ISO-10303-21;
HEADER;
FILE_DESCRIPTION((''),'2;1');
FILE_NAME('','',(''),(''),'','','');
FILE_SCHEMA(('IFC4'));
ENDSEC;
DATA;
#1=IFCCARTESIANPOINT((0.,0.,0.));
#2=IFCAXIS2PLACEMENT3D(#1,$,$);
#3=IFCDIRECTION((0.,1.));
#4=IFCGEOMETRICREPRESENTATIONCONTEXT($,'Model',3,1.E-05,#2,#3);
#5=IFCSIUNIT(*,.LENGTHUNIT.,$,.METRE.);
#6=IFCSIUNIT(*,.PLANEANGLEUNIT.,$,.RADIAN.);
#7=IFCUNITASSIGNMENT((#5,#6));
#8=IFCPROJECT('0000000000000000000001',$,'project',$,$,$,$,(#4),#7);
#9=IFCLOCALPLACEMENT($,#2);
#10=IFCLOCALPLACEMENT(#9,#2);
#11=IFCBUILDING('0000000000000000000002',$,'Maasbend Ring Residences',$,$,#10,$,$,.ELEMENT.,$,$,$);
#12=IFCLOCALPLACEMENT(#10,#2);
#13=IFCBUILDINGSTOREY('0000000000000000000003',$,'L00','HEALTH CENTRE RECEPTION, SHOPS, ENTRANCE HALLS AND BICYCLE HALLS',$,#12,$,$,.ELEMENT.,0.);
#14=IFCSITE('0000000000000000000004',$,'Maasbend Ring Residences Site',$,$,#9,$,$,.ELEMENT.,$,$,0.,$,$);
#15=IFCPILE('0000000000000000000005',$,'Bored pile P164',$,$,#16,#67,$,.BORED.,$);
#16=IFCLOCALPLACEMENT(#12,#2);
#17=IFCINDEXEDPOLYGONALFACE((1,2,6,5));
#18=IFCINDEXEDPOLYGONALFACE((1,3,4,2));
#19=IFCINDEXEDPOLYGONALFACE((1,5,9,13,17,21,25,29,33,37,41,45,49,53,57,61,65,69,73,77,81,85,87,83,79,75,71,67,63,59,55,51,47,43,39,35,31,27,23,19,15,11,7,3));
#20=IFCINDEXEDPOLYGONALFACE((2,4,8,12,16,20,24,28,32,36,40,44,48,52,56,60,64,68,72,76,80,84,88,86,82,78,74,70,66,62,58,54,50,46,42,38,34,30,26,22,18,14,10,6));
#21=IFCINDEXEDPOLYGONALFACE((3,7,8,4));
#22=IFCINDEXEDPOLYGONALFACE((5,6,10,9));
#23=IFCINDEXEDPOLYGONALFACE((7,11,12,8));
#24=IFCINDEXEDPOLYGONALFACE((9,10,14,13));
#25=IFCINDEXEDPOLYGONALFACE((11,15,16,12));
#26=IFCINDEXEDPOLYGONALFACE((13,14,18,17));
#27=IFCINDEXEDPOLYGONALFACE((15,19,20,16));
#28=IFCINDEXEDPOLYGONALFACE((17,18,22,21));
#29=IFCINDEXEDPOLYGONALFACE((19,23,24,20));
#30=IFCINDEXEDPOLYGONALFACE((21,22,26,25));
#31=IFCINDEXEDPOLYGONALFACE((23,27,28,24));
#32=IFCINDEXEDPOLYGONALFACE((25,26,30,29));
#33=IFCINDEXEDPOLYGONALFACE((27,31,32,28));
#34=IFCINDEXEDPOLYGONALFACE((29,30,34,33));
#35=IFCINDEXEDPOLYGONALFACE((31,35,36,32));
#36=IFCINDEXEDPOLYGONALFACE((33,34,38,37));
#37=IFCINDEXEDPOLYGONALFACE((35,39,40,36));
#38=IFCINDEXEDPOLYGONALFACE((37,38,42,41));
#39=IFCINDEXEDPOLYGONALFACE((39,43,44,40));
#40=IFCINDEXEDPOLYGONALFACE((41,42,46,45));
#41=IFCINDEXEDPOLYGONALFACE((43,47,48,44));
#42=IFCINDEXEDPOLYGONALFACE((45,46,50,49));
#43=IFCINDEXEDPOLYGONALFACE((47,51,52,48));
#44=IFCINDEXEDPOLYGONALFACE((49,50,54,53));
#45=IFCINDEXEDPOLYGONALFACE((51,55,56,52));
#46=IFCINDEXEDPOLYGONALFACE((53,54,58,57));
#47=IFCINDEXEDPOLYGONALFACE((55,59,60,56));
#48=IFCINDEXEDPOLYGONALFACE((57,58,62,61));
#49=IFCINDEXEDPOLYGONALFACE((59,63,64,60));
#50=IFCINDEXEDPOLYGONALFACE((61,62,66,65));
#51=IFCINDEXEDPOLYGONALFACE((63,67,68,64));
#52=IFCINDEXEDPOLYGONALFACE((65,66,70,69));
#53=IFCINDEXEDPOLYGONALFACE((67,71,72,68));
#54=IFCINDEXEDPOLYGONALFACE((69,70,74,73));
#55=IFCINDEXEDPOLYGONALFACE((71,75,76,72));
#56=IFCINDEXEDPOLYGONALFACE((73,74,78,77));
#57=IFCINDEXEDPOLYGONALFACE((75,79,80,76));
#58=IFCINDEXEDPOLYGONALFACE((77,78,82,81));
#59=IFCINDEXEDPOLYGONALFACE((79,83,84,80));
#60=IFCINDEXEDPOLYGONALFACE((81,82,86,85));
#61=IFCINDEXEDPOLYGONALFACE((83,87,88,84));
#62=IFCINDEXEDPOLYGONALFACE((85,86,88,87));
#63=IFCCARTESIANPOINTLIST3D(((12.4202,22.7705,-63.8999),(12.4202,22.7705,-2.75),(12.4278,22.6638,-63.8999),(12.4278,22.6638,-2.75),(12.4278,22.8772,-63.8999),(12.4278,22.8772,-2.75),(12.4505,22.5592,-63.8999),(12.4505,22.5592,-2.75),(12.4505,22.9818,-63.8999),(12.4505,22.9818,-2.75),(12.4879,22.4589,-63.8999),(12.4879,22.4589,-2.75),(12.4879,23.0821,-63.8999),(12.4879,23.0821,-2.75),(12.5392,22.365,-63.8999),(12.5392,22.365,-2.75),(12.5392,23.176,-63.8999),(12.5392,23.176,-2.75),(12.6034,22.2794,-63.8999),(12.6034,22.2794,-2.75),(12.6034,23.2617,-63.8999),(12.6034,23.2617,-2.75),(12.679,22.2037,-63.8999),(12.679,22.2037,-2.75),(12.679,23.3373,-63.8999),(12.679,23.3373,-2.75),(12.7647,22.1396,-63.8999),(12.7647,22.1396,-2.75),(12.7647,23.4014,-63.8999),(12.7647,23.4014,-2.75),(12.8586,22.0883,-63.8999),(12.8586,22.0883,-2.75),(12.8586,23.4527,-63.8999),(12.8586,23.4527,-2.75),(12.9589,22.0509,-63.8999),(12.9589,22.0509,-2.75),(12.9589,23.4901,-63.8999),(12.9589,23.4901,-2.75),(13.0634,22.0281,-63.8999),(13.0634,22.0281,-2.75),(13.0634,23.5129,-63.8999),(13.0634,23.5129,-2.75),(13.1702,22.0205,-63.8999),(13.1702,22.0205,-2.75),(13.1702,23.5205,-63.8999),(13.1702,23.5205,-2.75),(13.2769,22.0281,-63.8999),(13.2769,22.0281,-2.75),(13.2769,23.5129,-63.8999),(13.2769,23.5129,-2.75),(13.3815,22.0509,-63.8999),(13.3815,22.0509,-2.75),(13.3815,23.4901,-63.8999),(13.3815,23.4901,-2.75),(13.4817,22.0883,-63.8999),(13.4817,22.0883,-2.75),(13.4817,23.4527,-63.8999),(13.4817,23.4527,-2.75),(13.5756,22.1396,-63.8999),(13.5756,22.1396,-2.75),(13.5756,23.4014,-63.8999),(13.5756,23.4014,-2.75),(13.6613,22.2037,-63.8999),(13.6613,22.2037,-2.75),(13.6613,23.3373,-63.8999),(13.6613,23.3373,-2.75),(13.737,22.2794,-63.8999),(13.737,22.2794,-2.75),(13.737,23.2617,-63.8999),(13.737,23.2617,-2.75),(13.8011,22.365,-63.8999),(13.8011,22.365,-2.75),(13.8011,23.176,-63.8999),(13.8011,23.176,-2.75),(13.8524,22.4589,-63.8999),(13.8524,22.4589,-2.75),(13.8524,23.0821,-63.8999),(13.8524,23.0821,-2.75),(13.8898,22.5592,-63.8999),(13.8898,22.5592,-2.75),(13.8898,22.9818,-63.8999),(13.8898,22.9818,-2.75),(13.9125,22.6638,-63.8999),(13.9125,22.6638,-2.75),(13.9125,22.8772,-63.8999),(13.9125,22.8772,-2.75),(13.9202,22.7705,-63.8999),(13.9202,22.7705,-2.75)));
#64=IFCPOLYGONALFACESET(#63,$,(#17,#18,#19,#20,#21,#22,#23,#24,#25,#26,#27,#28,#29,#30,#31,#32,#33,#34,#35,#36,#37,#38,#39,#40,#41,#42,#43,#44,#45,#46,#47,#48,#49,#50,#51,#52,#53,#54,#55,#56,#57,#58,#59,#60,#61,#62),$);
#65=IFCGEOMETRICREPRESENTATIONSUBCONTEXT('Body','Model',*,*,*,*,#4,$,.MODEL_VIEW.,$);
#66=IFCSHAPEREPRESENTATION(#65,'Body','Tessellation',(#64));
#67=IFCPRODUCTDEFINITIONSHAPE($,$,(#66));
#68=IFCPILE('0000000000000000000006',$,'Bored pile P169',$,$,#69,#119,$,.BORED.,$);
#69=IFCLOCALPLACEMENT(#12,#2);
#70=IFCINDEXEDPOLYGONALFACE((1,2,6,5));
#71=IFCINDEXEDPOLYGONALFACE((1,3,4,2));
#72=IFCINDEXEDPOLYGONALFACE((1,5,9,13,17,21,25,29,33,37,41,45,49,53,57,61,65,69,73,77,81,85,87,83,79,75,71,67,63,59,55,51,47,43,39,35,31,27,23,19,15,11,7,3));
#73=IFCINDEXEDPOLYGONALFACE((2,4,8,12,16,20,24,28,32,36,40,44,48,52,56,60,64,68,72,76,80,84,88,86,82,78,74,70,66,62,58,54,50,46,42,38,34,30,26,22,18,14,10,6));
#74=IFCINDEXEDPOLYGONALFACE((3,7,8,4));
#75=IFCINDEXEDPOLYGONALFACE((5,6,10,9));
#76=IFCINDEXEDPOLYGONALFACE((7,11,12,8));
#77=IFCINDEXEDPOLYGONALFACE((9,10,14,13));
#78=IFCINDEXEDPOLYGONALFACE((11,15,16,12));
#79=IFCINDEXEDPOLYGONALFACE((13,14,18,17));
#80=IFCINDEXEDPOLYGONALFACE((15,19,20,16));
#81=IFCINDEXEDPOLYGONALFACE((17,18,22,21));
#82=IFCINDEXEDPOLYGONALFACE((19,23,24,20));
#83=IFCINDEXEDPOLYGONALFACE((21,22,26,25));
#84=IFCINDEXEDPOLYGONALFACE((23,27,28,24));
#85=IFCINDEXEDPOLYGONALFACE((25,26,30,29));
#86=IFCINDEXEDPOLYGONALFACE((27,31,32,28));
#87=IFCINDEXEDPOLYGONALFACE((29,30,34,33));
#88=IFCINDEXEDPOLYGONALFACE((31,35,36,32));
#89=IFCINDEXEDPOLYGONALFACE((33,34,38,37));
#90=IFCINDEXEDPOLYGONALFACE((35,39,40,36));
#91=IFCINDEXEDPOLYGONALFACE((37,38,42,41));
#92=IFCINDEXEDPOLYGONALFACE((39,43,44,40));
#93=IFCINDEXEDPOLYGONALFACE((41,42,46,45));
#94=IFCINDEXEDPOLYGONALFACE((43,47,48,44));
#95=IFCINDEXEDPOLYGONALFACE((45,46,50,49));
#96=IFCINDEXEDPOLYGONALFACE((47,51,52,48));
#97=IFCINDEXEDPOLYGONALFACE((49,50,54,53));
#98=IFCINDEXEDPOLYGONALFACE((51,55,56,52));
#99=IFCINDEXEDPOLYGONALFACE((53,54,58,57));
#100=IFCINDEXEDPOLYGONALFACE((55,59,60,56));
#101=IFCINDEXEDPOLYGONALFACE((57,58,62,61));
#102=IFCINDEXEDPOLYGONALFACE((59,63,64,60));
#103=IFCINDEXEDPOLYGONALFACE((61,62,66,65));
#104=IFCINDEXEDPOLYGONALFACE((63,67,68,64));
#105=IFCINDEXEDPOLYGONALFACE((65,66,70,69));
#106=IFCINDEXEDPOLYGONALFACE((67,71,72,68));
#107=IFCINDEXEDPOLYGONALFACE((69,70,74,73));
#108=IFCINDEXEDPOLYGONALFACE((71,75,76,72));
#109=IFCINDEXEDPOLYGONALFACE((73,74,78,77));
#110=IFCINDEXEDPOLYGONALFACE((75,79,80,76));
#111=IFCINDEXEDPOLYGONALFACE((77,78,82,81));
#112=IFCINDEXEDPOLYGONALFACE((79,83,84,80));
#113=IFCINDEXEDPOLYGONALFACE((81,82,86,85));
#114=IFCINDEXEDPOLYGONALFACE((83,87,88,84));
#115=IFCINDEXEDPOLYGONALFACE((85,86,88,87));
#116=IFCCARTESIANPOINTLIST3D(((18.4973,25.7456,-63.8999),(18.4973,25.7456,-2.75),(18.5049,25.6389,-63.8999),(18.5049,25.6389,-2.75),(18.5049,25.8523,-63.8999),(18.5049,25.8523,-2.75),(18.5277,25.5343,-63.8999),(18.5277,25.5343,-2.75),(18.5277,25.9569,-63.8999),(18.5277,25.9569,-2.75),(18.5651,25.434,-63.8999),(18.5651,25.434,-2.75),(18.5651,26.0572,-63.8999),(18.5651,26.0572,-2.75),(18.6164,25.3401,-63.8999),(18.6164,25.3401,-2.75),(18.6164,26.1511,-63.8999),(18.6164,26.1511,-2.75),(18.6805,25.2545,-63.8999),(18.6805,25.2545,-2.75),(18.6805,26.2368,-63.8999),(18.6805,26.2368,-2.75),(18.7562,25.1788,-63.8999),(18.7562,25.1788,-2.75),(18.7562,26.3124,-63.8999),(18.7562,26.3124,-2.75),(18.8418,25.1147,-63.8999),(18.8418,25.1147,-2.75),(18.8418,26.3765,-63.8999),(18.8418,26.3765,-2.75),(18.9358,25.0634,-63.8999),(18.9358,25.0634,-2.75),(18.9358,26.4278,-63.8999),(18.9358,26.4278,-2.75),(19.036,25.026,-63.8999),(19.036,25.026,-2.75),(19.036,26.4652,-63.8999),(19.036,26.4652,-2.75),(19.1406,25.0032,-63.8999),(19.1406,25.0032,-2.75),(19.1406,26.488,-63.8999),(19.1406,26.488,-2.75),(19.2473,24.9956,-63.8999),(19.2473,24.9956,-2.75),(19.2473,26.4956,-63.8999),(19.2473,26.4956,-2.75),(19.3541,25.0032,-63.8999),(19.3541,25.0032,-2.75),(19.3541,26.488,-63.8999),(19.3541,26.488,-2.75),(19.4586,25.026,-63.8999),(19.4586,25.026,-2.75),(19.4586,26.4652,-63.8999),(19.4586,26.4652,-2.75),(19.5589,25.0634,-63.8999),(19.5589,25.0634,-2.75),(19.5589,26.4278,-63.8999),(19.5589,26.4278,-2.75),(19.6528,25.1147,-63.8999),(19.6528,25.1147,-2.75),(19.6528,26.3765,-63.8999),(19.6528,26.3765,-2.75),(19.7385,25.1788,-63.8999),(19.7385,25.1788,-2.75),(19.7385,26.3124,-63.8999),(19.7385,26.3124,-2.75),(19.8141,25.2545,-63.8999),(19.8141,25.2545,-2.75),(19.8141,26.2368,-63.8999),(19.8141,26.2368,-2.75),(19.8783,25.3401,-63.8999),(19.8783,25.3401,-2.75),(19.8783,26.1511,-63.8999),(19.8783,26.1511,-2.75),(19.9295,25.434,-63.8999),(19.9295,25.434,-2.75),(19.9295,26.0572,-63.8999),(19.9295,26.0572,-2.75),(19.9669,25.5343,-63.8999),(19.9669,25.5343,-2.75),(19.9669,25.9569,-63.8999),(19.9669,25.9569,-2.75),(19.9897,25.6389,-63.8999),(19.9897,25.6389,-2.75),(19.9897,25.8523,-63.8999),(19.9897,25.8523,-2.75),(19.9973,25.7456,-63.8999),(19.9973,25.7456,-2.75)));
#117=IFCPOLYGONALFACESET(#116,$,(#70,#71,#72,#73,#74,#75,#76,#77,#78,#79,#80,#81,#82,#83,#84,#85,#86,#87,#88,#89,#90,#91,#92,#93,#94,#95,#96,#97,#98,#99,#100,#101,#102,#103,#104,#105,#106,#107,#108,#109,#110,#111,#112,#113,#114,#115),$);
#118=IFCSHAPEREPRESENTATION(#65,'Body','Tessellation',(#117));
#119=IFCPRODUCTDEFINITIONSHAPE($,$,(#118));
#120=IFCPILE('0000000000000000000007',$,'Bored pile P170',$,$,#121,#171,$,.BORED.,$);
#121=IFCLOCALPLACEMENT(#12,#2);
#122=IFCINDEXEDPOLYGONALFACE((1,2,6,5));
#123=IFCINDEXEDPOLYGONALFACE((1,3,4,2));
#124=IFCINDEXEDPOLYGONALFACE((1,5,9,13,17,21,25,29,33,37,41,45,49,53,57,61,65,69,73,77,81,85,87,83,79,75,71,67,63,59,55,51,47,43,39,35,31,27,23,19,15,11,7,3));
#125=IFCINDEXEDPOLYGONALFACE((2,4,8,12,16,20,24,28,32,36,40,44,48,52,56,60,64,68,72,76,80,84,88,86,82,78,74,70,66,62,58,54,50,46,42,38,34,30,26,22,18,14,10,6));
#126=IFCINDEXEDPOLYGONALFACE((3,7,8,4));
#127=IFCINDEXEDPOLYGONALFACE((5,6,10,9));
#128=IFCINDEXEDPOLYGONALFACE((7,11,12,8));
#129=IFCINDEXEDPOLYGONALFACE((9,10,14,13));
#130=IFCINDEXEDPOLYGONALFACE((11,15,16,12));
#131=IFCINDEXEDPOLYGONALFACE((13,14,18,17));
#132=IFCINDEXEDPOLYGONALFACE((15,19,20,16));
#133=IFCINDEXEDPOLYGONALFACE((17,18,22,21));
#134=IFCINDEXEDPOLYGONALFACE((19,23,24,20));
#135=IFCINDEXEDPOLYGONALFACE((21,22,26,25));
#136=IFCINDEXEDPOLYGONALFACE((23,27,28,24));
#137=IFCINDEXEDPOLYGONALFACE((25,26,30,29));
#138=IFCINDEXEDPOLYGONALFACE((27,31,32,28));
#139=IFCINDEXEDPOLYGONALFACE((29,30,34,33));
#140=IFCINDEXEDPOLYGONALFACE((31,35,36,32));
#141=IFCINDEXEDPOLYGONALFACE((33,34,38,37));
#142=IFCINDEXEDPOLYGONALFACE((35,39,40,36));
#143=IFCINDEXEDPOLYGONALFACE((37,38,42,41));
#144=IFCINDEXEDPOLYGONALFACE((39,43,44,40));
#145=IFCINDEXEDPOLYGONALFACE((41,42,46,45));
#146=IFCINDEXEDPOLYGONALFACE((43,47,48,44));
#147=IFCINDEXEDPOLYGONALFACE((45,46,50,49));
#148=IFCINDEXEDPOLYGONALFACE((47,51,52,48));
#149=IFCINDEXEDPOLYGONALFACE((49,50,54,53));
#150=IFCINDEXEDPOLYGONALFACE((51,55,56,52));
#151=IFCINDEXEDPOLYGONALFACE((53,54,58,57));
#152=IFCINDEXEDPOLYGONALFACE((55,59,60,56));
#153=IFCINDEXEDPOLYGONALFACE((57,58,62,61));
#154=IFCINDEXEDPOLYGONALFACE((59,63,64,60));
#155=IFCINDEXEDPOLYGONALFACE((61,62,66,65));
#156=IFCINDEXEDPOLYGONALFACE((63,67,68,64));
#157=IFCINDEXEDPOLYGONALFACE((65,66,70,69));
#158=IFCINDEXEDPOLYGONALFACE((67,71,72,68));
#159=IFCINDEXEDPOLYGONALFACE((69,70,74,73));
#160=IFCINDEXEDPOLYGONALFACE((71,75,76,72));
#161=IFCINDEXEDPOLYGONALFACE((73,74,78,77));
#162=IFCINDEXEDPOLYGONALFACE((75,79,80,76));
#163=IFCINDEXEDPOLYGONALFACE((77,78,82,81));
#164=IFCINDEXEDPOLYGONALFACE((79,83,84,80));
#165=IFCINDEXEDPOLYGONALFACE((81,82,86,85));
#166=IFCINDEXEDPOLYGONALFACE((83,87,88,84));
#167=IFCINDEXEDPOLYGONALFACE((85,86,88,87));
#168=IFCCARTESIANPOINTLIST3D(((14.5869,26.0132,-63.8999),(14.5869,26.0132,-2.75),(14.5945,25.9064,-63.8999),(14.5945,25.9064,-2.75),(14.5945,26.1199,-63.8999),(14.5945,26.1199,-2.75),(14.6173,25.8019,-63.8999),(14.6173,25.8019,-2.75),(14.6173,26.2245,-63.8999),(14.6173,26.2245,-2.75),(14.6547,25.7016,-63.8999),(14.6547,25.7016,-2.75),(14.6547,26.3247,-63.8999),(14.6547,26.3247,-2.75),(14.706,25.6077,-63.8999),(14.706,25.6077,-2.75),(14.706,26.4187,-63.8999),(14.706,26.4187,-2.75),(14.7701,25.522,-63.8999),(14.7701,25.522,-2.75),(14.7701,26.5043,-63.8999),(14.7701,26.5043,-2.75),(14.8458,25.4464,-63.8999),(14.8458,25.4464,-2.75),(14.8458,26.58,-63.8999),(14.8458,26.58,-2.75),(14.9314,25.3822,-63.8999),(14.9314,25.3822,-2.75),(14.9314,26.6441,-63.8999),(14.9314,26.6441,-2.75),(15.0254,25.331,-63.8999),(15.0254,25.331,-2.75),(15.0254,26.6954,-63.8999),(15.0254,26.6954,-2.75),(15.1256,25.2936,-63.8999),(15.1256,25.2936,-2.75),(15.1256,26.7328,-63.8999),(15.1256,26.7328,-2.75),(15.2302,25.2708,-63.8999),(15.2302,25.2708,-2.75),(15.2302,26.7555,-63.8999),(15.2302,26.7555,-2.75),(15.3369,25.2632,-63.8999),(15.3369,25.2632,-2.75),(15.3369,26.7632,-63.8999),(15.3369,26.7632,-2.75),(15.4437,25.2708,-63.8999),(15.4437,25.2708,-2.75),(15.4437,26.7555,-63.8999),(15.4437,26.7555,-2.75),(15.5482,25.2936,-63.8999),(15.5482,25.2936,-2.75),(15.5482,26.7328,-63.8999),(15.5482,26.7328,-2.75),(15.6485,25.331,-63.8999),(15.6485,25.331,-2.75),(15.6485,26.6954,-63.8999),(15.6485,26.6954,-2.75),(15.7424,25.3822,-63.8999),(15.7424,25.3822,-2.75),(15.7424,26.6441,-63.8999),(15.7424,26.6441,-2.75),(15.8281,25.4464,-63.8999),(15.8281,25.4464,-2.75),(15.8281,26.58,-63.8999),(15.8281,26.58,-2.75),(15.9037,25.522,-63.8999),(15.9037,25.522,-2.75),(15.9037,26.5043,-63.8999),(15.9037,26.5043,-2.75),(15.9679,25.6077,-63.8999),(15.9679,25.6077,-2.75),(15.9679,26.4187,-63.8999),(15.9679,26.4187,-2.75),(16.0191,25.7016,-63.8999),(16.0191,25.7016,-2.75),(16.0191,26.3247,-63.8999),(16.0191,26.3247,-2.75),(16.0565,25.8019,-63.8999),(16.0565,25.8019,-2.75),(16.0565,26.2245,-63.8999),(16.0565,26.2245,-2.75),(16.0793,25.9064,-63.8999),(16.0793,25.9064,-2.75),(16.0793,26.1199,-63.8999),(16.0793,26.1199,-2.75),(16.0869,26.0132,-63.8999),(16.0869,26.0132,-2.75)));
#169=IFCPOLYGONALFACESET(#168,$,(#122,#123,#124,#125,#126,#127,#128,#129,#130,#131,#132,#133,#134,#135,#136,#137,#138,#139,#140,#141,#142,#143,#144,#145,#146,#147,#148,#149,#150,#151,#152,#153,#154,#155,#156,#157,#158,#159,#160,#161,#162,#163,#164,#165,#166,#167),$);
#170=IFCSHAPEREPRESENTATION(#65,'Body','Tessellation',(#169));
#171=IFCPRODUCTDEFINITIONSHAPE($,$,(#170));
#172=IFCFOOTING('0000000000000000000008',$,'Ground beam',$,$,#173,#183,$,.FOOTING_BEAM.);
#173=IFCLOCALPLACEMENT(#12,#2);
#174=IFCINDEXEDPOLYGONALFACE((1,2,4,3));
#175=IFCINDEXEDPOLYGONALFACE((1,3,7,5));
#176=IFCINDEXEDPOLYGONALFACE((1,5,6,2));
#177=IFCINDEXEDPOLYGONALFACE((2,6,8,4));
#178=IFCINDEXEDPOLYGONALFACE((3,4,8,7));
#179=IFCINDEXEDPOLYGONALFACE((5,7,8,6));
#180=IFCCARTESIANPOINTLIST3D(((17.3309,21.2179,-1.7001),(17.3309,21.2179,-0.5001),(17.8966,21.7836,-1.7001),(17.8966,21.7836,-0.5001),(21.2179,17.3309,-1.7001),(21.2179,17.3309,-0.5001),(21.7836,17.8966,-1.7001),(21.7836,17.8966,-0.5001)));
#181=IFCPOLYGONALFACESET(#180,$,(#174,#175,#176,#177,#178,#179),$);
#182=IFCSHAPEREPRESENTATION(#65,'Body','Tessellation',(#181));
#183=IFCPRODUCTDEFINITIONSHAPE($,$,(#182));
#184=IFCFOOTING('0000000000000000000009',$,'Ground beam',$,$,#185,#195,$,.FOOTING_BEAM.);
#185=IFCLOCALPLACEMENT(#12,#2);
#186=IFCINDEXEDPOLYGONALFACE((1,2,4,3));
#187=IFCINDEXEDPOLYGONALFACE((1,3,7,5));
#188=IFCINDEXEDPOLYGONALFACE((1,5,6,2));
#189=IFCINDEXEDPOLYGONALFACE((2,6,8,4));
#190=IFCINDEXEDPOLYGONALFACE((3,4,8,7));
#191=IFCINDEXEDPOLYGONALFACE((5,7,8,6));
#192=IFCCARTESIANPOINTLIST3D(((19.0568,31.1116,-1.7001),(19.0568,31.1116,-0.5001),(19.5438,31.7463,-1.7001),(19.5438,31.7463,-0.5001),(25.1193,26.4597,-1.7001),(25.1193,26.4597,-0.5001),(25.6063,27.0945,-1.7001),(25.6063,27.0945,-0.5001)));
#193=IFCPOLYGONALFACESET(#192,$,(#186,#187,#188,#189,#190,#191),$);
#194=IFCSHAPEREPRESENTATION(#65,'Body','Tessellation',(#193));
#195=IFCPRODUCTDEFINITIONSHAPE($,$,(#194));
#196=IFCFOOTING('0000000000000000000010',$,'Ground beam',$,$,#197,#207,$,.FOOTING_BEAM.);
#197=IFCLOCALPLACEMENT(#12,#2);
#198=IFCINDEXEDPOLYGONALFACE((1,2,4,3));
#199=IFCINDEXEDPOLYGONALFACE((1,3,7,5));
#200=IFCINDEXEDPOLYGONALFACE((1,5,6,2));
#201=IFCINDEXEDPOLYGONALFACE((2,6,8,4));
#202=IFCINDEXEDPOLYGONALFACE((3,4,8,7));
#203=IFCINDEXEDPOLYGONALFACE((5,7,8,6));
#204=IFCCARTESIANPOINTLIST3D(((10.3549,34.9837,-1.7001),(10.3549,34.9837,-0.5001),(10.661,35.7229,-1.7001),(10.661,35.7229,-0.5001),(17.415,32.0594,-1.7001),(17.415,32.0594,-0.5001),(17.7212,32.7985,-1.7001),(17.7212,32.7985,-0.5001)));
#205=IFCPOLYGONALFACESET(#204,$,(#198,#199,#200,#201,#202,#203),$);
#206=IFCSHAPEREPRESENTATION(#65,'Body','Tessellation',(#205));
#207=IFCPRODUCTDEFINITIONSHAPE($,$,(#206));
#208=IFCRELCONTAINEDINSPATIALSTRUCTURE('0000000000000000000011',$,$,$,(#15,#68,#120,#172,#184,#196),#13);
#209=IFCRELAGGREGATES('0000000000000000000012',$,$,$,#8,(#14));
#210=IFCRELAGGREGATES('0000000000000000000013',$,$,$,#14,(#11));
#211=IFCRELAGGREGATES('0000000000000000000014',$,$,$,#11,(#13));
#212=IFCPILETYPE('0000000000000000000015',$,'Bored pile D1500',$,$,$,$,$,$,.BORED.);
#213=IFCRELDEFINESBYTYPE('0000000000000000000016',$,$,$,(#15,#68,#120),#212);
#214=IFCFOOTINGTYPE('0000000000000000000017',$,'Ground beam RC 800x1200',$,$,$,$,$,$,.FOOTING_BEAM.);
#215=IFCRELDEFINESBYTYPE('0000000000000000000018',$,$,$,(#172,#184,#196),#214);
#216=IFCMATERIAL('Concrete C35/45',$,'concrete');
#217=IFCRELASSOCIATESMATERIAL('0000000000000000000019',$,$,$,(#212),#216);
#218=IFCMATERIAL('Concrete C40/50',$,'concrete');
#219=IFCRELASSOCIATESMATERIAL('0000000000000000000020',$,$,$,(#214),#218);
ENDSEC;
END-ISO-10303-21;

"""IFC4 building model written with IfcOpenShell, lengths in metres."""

from ifc_helpers import new_model, si_unit, direction, frame, origin, origin_2d, place, context, subcontext, project, spatial, rectangle, circle, extrude, material, material_profile, profile_set, type_object, element, save


model = new_model("IFC4")

# Units and contexts
model_context = context("Model", 3, precision=1e-05, world=origin(), true_north=direction((0.0, 1.0)))
body_context = subcontext(model_context, "Body", "Model", "MODEL_VIEW")
ifc_project = project(units=[si_unit("LENGTHUNIT", "METRE"), si_unit("PLANEANGLEUNIT", "RADIAN")], contexts=[model_context])

# Site, building, storey
site_placement = place(None, origin())
site = spatial("IfcSite", under=ifc_project, at=site_placement, Name="Maasbend Ring Residences Site", CompositionType="ELEMENT", RefElevation=0.0)
building_placement = place(site_placement, origin())
building = spatial("IfcBuilding", under=site, at=building_placement, Name="Maasbend Ring Residences", CompositionType="ELEMENT")
storey_placement = place(building_placement, origin())
storey = spatial("IfcBuildingStorey", under=building, at=storey_placement, Name="L00", Description="HEALTH CENTRE RECEPTION, SHOPS, ENTRANCE HALLS AND BICYCLE HALLS", CompositionType="ELEMENT", Elevation=0.0)

# Piles
ifc_material_1 = material(Name="Concrete C35/45", Category="concrete")
ifc_material_profile_1 = material_profile(ifc_material_1, circle(Radius=0.75, at=origin_2d()), Name="Bored pile D1500")
ifc_profile_set_1 = profile_set([ifc_material_profile_1], Name="Concrete C35/45")
pile_type = type_object("IfcPileType", Name="Bored pile D1500", PredefinedType="BORED", material=ifc_profile_set_1)
for number, where, z_axis, x_axis, name in (
    (1, (13.1702, 22.7705, -2.75), (0.0, 0.0, -1.0), (1.0, 0.0, 0.0), "Bored pile P164"),
    (2, (19.2473, 25.7456, -2.75), (0.0, 0.0, -1.0), (1.0, 0.0, 0.0), "Bored pile P169"),
    (3, (15.3369, 26.0132, -2.75), (0.0, 0.0, -1.0), (1.0, 0.0, 0.0), "Bored pile P170"),
):
    element("IfcPile", number, at=place(storey_placement, frame(where, z_axis=z_axis, x_axis=x_axis)), inside=storey, type_object=pile_type, Name=name, PredefinedType="BORED", context=body_context, shape_type="SweptSolid", body=[
        extrude(circle(Radius=0.75, at=origin_2d()), origin(), (0.0, 0.0, 1.0), 61.1499),
    ])

# Footings
ifc_material_2 = material(Name="Concrete C40/50", Category="concrete")
ifc_material_profile_2 = material_profile(ifc_material_2, rectangle(XDim=0.8, YDim=1.2, at=origin_2d()), Name="Ground beam RC 800x1200")
ifc_profile_set_2 = profile_set([ifc_material_profile_2], Name="Concrete C40/50")
footing_type = type_object("IfcFootingType", Name="Ground beam RC 800x1200", PredefinedType="FOOTING_BEAM", material=ifc_profile_set_2)
footing_1_placement = place(storey_placement, frame((21.5007, 17.6138, -1.1001), z_axis=(-0.707107, 0.707107, 0.0), x_axis=(-0.707107, -0.707107, 0.0)))
element("IfcFooting", 4, at=footing_1_placement, inside=storey, type_object=footing_type, Name="Ground beam", PredefinedType="FOOTING_BEAM", context=body_context, shape_type="SweptSolid", body=[
    extrude(rectangle(XDim=0.8, YDim=1.2, at=origin_2d()), origin(), (0.0, 0.0, 1.0), 5.4971),
])
footing_2_placement = place(storey_placement, frame((25.3628, 26.7771, -1.1001), z_axis=(-0.793357, 0.608756, 0.0), x_axis=(-0.608756, -0.793357, 0.0)))
element("IfcFooting", 5, at=footing_2_placement, inside=storey, type_object=footing_type, Name="Ground beam", PredefinedType="FOOTING_BEAM", context=body_context, shape_type="SweptSolid", body=[
    extrude(rectangle(XDim=0.8, YDim=1.2, at=origin_2d()), origin(), (0.0, 0.0, 1.0), 7.6416),
])
footing_3_placement = place(storey_placement, frame((17.5681, 32.429, -1.1001), z_axis=(-0.923882, 0.382677, 0.0), x_axis=(-0.382677, -0.923882, 0.0)))
element("IfcFooting", 6, at=footing_3_placement, inside=storey, type_object=footing_type, Name="Ground beam", PredefinedType="FOOTING_BEAM", context=body_context, shape_type="SweptSolid", body=[
    extrude(rectangle(XDim=0.8, YDim=1.2, at=origin_2d()), origin(), (0.0, 0.0, 1.0), 7.6418),
])

save(model, "model.ifc")
